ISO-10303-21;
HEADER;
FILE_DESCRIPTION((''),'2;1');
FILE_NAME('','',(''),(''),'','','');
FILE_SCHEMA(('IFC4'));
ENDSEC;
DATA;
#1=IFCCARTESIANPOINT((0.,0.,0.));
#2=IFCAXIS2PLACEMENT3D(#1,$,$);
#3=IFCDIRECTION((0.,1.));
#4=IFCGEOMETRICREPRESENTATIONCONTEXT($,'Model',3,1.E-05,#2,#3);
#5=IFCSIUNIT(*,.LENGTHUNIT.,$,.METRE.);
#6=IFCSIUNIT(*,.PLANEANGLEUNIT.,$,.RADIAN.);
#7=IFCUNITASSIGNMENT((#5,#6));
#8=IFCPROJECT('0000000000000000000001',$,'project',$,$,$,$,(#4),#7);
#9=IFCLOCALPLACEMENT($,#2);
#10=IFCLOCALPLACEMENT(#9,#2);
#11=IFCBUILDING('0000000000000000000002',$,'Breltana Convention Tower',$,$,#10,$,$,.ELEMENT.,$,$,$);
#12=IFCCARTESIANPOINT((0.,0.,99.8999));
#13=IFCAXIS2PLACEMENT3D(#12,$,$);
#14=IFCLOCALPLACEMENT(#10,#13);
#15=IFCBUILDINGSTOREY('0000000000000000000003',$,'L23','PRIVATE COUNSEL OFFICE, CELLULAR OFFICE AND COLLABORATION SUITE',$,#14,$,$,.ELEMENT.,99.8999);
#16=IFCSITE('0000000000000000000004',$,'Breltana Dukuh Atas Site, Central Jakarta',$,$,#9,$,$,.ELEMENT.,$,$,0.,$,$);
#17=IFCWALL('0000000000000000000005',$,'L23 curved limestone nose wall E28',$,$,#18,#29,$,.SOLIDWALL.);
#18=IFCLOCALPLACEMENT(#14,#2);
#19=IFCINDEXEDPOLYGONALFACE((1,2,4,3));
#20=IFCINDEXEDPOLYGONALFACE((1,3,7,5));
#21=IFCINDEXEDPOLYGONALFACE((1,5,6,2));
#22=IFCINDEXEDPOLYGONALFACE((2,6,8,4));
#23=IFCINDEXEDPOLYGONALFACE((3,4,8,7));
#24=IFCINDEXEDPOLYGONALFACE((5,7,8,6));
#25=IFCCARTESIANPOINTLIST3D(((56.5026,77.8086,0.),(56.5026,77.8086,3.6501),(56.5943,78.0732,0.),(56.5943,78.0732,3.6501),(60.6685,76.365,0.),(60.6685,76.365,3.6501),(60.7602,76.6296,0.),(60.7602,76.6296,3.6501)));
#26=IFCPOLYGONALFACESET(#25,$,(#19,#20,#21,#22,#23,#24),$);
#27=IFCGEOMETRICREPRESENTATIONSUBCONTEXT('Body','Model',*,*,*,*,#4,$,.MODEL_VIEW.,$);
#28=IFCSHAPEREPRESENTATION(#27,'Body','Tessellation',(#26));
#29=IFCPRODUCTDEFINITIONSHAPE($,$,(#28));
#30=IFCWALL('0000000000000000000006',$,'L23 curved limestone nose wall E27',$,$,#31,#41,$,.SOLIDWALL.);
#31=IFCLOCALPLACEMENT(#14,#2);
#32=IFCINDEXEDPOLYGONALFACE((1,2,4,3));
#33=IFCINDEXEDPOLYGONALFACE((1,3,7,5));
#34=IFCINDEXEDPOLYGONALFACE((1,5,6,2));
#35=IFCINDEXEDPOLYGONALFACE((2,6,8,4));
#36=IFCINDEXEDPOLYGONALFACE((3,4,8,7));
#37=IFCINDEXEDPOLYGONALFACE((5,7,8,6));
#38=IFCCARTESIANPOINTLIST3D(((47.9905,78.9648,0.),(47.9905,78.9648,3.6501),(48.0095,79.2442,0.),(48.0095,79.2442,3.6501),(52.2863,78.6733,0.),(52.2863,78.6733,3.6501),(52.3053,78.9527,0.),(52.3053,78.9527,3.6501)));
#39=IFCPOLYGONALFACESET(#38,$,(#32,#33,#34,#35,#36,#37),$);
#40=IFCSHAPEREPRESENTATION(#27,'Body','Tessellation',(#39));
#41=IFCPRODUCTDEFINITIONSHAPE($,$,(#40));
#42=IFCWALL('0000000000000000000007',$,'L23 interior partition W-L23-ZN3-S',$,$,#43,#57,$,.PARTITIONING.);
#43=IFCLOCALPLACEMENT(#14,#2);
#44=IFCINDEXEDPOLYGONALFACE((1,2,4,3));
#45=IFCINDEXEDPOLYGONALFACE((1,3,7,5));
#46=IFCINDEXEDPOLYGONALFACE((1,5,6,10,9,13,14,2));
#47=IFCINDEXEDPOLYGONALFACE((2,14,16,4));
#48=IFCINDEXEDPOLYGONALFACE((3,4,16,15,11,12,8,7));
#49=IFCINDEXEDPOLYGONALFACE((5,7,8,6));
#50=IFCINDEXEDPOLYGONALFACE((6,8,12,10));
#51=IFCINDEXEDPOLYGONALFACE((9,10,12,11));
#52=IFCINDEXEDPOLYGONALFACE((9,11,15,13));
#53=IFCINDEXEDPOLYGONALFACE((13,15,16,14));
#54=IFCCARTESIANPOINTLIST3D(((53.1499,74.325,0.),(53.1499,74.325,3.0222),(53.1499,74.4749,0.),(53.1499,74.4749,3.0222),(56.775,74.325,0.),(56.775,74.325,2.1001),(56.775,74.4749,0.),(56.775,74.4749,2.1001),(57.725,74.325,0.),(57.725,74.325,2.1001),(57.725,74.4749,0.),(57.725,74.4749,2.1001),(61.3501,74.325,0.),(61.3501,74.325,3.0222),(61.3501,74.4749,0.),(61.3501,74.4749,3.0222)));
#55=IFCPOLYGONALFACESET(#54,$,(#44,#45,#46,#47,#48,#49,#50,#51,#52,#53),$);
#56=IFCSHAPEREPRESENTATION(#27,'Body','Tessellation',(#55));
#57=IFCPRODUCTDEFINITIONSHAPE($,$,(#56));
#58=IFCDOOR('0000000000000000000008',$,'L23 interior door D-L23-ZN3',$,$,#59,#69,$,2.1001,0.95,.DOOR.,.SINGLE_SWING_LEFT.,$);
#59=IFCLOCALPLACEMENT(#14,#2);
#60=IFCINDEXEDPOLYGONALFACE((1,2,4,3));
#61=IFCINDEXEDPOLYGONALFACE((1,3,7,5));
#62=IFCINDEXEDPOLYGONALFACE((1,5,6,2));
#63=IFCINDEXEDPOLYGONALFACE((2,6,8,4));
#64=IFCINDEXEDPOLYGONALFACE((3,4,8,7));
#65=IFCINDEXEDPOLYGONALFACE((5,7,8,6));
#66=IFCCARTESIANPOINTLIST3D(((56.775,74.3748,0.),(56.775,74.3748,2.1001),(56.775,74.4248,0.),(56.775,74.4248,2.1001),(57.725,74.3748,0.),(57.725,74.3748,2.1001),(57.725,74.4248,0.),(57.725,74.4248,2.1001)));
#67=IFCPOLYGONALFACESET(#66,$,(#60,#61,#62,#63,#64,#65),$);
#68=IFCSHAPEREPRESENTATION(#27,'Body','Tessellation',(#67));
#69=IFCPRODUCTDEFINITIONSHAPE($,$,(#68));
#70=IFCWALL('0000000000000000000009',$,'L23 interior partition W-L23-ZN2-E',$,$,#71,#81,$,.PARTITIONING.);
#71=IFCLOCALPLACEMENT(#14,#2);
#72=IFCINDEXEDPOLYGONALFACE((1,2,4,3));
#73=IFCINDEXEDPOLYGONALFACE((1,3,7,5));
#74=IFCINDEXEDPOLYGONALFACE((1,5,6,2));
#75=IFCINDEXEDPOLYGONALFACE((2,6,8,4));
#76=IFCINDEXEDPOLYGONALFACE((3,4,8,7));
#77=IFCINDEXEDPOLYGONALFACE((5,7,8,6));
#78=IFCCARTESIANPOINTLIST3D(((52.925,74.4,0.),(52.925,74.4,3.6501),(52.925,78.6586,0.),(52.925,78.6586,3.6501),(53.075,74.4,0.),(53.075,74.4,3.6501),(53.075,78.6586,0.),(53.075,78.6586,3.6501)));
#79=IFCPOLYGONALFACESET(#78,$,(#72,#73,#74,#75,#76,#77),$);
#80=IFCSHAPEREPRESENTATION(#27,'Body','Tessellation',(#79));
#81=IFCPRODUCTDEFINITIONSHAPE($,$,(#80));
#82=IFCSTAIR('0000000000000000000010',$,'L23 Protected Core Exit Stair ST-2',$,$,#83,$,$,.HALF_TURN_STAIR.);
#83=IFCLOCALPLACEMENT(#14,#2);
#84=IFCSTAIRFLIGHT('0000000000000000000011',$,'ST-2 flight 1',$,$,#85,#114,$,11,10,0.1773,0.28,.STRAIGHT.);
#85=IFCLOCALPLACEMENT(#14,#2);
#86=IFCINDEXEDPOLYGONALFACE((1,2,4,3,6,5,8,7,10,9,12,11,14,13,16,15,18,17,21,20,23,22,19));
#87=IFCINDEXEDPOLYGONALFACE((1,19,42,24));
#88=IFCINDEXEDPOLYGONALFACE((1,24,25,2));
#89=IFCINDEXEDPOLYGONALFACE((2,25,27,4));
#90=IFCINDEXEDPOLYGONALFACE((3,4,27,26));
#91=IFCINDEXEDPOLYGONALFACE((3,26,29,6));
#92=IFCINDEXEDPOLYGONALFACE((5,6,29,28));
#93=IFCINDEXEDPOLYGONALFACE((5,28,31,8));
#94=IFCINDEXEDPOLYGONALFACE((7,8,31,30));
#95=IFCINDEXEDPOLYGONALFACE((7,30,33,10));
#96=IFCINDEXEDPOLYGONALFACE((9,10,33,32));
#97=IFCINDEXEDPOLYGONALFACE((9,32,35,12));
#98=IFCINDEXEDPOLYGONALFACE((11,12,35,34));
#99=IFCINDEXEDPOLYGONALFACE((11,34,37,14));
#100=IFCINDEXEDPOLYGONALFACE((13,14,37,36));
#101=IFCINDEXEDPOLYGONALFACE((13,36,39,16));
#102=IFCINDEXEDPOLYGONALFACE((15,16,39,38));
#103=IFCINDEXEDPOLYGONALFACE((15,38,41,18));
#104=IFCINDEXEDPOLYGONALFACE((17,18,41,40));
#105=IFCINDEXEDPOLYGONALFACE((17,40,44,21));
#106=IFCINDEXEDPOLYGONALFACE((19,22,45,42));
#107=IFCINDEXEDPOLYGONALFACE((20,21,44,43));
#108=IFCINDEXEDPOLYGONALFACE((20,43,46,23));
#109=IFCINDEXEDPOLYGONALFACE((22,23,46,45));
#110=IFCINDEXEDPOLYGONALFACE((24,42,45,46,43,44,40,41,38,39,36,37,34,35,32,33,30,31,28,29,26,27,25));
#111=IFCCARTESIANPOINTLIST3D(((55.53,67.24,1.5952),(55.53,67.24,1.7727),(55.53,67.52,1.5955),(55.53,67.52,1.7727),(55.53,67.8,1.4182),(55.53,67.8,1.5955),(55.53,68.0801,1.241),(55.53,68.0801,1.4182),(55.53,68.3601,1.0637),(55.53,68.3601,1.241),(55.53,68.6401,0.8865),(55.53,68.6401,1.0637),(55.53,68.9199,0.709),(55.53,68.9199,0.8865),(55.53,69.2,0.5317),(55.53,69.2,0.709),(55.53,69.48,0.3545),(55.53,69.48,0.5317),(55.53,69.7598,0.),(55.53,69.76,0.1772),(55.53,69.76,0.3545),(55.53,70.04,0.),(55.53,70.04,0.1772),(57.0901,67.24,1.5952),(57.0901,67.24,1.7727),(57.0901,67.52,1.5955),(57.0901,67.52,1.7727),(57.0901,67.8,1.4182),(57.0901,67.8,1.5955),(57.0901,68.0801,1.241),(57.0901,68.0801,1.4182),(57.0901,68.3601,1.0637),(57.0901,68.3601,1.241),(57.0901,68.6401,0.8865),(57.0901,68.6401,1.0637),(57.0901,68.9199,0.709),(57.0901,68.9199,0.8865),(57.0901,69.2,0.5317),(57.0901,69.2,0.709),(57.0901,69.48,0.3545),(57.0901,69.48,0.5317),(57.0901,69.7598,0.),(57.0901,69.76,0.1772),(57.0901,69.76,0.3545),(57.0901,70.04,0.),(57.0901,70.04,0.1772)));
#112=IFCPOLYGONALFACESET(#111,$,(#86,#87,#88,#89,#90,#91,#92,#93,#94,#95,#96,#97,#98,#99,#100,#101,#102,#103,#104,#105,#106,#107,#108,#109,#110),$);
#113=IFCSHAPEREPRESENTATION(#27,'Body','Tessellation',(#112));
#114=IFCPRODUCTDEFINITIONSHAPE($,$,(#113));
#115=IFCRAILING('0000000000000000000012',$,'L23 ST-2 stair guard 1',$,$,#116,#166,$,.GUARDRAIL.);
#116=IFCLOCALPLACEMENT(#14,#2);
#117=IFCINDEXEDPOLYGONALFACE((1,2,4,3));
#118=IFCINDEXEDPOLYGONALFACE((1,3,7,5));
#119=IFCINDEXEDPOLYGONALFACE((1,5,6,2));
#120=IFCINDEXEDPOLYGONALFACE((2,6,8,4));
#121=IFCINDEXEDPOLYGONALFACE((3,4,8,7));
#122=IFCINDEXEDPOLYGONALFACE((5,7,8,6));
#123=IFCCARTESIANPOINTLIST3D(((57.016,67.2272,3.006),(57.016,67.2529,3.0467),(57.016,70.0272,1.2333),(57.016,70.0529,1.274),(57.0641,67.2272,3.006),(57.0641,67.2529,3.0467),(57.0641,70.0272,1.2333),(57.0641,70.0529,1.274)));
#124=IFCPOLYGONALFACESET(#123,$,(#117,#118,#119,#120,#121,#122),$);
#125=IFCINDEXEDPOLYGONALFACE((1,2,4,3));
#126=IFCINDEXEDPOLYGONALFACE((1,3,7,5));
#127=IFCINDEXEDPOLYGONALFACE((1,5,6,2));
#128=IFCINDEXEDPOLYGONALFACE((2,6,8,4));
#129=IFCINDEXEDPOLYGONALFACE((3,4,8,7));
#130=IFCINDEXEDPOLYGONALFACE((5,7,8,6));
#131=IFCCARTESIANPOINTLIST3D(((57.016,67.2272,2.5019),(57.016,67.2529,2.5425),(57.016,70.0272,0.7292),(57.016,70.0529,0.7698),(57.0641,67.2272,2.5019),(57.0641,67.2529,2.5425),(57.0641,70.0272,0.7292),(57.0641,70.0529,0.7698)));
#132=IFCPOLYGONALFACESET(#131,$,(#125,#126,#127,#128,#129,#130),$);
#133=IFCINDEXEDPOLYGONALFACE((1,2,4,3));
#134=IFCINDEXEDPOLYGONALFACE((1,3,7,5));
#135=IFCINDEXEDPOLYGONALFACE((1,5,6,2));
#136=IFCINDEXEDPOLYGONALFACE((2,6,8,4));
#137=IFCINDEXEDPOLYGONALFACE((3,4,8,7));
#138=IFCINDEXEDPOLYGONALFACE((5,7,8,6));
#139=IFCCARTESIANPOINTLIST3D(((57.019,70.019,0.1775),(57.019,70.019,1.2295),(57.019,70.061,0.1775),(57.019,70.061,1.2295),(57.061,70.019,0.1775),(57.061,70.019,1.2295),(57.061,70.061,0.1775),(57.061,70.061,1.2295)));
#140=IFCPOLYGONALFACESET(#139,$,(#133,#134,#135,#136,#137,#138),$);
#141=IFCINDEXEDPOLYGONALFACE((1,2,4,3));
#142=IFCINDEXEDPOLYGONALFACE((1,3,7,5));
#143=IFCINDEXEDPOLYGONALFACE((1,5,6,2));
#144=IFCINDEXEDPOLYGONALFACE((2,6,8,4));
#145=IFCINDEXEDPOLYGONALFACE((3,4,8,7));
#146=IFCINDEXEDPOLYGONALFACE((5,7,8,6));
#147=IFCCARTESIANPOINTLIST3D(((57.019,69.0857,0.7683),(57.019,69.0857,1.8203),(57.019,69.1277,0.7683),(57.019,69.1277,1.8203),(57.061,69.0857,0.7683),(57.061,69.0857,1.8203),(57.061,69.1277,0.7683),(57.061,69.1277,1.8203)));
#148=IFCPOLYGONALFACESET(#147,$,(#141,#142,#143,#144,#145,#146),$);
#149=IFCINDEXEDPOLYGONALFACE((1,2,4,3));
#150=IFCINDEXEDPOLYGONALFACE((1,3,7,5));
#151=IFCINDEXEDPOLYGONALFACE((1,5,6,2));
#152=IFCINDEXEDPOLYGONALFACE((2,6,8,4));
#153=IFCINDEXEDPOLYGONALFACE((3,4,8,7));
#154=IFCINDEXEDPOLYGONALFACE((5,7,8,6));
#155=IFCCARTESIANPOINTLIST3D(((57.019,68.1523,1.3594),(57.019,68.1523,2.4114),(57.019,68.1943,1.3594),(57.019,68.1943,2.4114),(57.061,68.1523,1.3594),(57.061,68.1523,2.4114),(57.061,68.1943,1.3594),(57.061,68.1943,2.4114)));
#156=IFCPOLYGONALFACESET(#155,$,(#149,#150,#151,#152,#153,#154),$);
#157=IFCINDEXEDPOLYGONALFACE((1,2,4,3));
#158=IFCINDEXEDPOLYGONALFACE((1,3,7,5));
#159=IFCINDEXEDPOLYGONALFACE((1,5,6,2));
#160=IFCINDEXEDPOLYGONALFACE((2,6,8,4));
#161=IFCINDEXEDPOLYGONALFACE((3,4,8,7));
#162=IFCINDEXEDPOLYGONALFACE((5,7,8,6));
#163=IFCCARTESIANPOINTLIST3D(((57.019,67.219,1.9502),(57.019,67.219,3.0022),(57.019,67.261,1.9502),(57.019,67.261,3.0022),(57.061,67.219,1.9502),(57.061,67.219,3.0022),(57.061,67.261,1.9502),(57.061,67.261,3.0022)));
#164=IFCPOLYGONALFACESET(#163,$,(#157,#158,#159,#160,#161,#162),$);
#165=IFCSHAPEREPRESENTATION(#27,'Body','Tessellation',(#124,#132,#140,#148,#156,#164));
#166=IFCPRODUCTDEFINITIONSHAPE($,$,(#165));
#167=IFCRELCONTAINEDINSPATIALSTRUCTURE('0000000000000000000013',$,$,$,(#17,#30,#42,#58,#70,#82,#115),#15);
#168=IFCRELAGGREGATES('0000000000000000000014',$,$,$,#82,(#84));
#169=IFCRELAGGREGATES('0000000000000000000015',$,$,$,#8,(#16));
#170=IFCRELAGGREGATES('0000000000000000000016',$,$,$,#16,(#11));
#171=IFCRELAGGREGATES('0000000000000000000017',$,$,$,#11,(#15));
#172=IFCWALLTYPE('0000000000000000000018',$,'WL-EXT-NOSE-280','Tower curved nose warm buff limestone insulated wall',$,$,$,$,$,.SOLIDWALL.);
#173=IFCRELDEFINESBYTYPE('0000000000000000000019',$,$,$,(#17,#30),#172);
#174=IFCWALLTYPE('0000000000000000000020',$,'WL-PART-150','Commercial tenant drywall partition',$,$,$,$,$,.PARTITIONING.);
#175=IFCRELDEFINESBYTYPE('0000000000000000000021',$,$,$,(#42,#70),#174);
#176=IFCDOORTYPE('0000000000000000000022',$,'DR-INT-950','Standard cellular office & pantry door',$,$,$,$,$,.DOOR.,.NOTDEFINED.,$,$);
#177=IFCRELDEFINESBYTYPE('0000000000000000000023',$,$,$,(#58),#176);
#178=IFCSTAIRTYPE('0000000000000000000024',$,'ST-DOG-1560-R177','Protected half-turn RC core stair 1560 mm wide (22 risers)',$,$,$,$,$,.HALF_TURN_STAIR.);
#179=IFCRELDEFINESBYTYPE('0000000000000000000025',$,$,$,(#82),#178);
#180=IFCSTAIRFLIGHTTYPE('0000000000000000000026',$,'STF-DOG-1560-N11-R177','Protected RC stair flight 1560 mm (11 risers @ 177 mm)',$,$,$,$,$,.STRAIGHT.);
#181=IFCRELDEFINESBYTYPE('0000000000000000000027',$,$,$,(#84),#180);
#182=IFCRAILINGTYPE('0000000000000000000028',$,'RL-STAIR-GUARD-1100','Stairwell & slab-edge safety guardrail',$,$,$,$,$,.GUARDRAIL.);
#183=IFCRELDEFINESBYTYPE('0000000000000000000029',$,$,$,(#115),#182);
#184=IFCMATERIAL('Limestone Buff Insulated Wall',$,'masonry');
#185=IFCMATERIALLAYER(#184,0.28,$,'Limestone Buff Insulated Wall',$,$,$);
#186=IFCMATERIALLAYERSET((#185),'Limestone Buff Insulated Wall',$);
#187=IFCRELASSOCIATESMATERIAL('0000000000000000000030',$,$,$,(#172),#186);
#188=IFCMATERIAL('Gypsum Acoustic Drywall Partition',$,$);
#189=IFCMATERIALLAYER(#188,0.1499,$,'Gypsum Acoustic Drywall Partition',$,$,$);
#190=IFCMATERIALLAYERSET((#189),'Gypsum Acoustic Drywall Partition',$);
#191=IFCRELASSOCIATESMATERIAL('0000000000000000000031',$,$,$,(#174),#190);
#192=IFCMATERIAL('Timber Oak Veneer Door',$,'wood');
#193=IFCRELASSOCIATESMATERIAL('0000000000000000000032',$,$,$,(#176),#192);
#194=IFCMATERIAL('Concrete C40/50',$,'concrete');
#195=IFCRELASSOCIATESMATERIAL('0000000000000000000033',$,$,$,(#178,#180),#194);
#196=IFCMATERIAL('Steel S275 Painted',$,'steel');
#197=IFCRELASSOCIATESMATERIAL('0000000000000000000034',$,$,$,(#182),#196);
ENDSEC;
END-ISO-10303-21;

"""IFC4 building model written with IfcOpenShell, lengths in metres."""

from ifc_helpers import new_model, si_unit, direction, frame, frame_2d, origin, origin_2d, place, context, subcontext, project, spatial, polyline, rectangle, outline, extrude, source, transform, mapped, material, layer, layer_set, type_object, type_shapes, element, fill, aggregate, save


model = new_model("IFC4")

# Units and contexts
model_context = context("Model", 3, precision=1e-05, world=origin(), true_north=direction((0.0, 1.0)))
body_context = subcontext(model_context, "Body", "Model", "MODEL_VIEW")
ifc_project = project(units=[si_unit("LENGTHUNIT", "METRE"), si_unit("PLANEANGLEUNIT", "RADIAN")], contexts=[model_context])

# Site, building, storey
site_placement = place(None, origin())
site = spatial("IfcSite", under=ifc_project, at=site_placement, Name="Breltana Dukuh Atas Site, Central Jakarta", CompositionType="ELEMENT", RefElevation=0.0)
building_placement = place(site_placement, origin())
building = spatial("IfcBuilding", under=site, at=building_placement, Name="Breltana Convention Tower", CompositionType="ELEMENT")
storey_placement = place(building_placement, frame((0.0, 0.0, 99.8999)))
storey = spatial("IfcBuildingStorey", under=building, at=storey_placement, Name="L23", Description="PRIVATE COUNSEL OFFICE, CELLULAR OFFICE AND COLLABORATION SUITE", CompositionType="ELEMENT", Elevation=99.8999)

# Walls
ifc_material_1 = material(Name="Limestone Buff Insulated Wall", Category="masonry")
ifc_layer_1 = layer(ifc_material_1, 0.28, Name="Limestone Buff Insulated Wall")
ifc_layer_set_1 = layer_set([ifc_layer_1], Name="Limestone Buff Insulated Wall")
wall_type_1 = type_object("IfcWallType", Name="WL-EXT-NOSE-280", Description="Tower curved nose warm buff limestone insulated wall", PredefinedType="SOLIDWALL", material=ifc_layer_set_1)
shared_shape_1 = source(origin(), body_context, "Body", "SweptSolid", [
    extrude(rectangle(XDim=4.4089, YDim=0.28, at=frame_2d((2.2046, 0.0))), origin(), (0.0, 0.0, 1.0), 3.6501),
])
wall_1_placement = place(storey_placement, frame((56.5483, 77.9409, 0.0), z_axis=(0.0, 0.0, 1.0), x_axis=(0.944879, -0.327419, 0.0)))
element("IfcWall", 1, at=wall_1_placement, inside=storey, type_object=wall_type_1, Name="L23 curved limestone nose wall E28", PredefinedType="SOLIDWALL", context=body_context, shape_type="MappedRepresentation", body=[
    mapped(shared_shape_1, transform((0.0, 0.0, 0.0), scale=1.0)),
])
shared_shape_2 = source(origin(), body_context, "Body", "SweptSolid", [
    extrude(rectangle(XDim=4.3057, YDim=0.28, at=frame_2d((2.1528, 0.0))), origin(), (0.0, 0.0, 1.0), 3.6501),
])
wall_2_placement = place(storey_placement, frame((48.0, 79.1045, 0.0), z_axis=(0.0, 0.0, 1.0), x_axis=(0.997706, -0.067701, 0.0)))
element("IfcWall", 2, at=wall_2_placement, inside=storey, type_object=wall_type_1, Name="L23 curved limestone nose wall E27", PredefinedType="SOLIDWALL", context=body_context, shape_type="MappedRepresentation", body=[
    mapped(shared_shape_2, transform((0.0, 0.0, 0.0), scale=1.0)),
])

# Wall, opening, door
ifc_material_2 = material(Name="Gypsum Acoustic Drywall Partition")
ifc_layer_2 = layer(ifc_material_2, 0.1499, Name="Gypsum Acoustic Drywall Partition")
ifc_layer_set_2 = layer_set([ifc_layer_2], Name="Gypsum Acoustic Drywall Partition")
wall_type_2 = type_object("IfcWallType", Name="WL-PART-150", Description="Commercial tenant drywall partition", PredefinedType="PARTITIONING", material=ifc_layer_set_2)
shared_shape_3 = source(origin(), body_context, "Body", "SweptSolid", [
    extrude(rectangle(XDim=8.2002, YDim=0.1499, at=frame_2d((4.1001, 0.0))), origin(), (0.0, 0.0, 1.0), 3.0222),
])
wall_3_placement = place(storey_placement, frame((53.1499, 74.3999, 0.0), z_axis=(0.0, 0.0, 1.0), x_axis=(1.0, 0.0, 0.0)))
wall_3 = element("IfcWall", 3, at=wall_3_placement, inside=storey, type_object=wall_type_2, Name="L23 interior partition W-L23-ZN3-S", PredefinedType="PARTITIONING", context=body_context, shape_type="MappedRepresentation", body=[
    mapped(shared_shape_3, transform((0.0, 0.0, 0.0), scale=1.0)),
])
opening_placement = place(wall_3_placement, frame((3.625, 0.0, 0.0)))
opening = element("IfcOpeningElement", 4, at=opening_placement, cuts=wall_3, PredefinedType="OPENING", context=body_context, shape_type="SweptSolid", body=[
    extrude(rectangle(XDim=0.95, YDim=2.1001, at=frame_2d((0.4751, 1.05))), frame((0.0, 0.085, 0.0), z_axis=(0.0, -1.0, 0.0), x_axis=(1.0, 0.0, 0.0)), (0.0, 0.0, 1.0), 0.1699),
])
ifc_material_3 = material(Name="Timber Oak Veneer Door", Category="wood")
door_type = type_object("IfcDoorType", Name="DR-INT-950", Description="Standard cellular office & pantry door", OperationType="NOTDEFINED", PredefinedType="DOOR", material=ifc_material_3)
shared_shape_4 = source(origin(), body_context, "Body", "SweptSolid", [
    extrude(rectangle(XDim=0.95, YDim=2.1001, at=frame_2d((0.4751, 1.05))), frame((0.0, 0.0249, 0.0), z_axis=(0.0, -1.0, 0.0), x_axis=(1.0, 0.0, 0.0)), (0.0, 0.0, 1.0), 0.05),
])
type_shapes(door_type, [shared_shape_4])
door_placement = place(opening_placement, origin())
door = element("IfcDoor", 5, at=door_placement, inside=storey, type_object=door_type, Name="L23 interior door D-L23-ZN3", OperationType="SINGLE_SWING_LEFT", OverallHeight=2.1001, OverallWidth=0.95, PredefinedType="DOOR", context=body_context, shape_type="MappedRepresentation", body=[
    mapped(shared_shape_4, transform((0.0, 0.0, 0.0), scale=1.0)),
])
fill(opening, door)

# Wall
shared_shape_5 = source(origin(), body_context, "Body", "SweptSolid", [
    extrude(rectangle(XDim=4.2585, YDim=0.1499, at=frame_2d((2.1294, 0.0))), origin(), (0.0, 0.0, 1.0), 3.6501),
])
wall_4_placement = place(storey_placement, frame((53.0, 74.3999, 0.0), z_axis=(0.0, 0.0, 1.0), x_axis=(0.0, 1.0, 0.0)))
element("IfcWall", 6, at=wall_4_placement, inside=storey, type_object=wall_type_2, Name="L23 interior partition W-L23-ZN2-E", PredefinedType="PARTITIONING", context=body_context, shape_type="MappedRepresentation", body=[
    mapped(shared_shape_5, transform((0.0, 0.0, 0.0), scale=1.0)),
])

# Stair, stair flight
ifc_material_4 = material(Name="Concrete C40/50", Category="concrete")
stair_type = type_object("IfcStairType", Name="ST-DOG-1560-R177", Description="Protected half-turn RC core stair 1560 mm wide (22 risers)", PredefinedType="HALF_TURN_STAIR", material=ifc_material_4)
stair_placement = place(storey_placement, origin())
stair = element("IfcStair", 7, at=stair_placement, inside=storey, type_object=stair_type, Name="L23 Protected Core Exit Stair ST-2", PredefinedType="HALF_TURN_STAIR")
stair_flight_type = type_object("IfcStairFlightType", Name="STF-DOG-1560-N11-R177", Description="Protected RC stair flight 1560 mm (11 risers @ 177 mm)", PredefinedType="STRAIGHT", material=ifc_material_4)
stair_flight_placement = place(storey_placement, frame((56.3101, 70.04, 0.0), z_axis=(0.0, 0.0, 1.0), x_axis=(0.0, -1.0, 0.0)))
stair_flight = element("IfcStairFlight", 8, at=stair_flight_placement, type_object=stair_flight_type, Name="ST-2 flight 1", NumberOfRisers=11, NumberOfTreads=10, PredefinedType="STRAIGHT", RiserHeight=0.1773, TreadLength=0.28, context=body_context, shape_type="SweptSolid", body=[
    extrude(outline(polyline([(0.0, 0.0), (0.0, 0.1772), (0.28, 0.1772), (0.28, 0.3545), (0.5601, 0.3545), (0.5601, 0.5317), (0.8401, 0.5317), (0.8401, 0.709), (1.1201, 0.709), (1.1201, 0.8865), (1.3999, 0.8865), (1.3999, 1.0637), (1.6799, 1.0637), (1.6799, 1.241), (1.96, 1.241), (1.96, 1.4182), (2.24, 1.4182), (2.24, 1.5955), (2.52, 1.5955), (2.52, 1.7727), (2.8, 1.7727), (2.8, 1.95), (2.8, 1.5952), (0.2803, 0.0), (0.0, 0.0)])), frame((0.0, 0.78, 0.0), z_axis=(0.0, -1.0, 0.0), x_axis=(1.0, 0.0, 0.0)), (0.0, 0.0, 1.0), 1.5601),
])
aggregate(stair, [stair_flight])

# Railing
ifc_material_5 = material(Name="Steel S275 Painted", Category="steel")
railing_type_1 = type_object("IfcRailingType", Name="RL-STAIR-GUARD-1100", Description="Stairwell & slab-edge safety guardrail", PredefinedType="GUARDRAIL", material=ifc_material_5)
railing_1_placement = place(storey_placement, frame((57.04, 70.04, 0.1775)))
element("IfcRailing", 9, at=railing_1_placement, inside=storey, type_object=railing_type_1, Name="L23 ST-2 stair guard 1", PredefinedType="GUARDRAIL", context=body_context, shape_type="SweptSolid", body=[
    extrude(rectangle(XDim=0.0481, YDim=0.0481, at=origin_2d()), frame((0.0, 0.0, 1.0762), z_axis=(0.0, -0.844909, 0.53491), x_axis=(1.0, 0.0, 0.0)), (0.0, 0.0, 1.0), 3.314),
    extrude(rectangle(XDim=0.0481, YDim=0.0481, at=origin_2d()), frame((0.0, 0.0, 0.572), z_axis=(0.0, -0.844909, 0.53491), x_axis=(1.0, 0.0, 0.0)), (0.0, 0.0, 1.0), 3.314),
    extrude(rectangle(XDim=0.042, YDim=0.042, at=origin_2d()), origin(), (0.0, 0.0, 1.0), 1.052),
    extrude(rectangle(XDim=0.042, YDim=0.042, at=origin_2d()), frame((0.0, -0.9333, 0.5908)), (0.0, 0.0, 1.0), 1.052),
    extrude(rectangle(XDim=0.042, YDim=0.042, at=origin_2d()), frame((0.0, -1.8667, 1.1819)), (0.0, 0.0, 1.0), 1.052),
    extrude(rectangle(XDim=0.042, YDim=0.042, at=origin_2d()), frame((0.0, -2.8, 1.7727)), (0.0, 0.0, 1.0), 1.052),
])

save(model, "model.ifc")
